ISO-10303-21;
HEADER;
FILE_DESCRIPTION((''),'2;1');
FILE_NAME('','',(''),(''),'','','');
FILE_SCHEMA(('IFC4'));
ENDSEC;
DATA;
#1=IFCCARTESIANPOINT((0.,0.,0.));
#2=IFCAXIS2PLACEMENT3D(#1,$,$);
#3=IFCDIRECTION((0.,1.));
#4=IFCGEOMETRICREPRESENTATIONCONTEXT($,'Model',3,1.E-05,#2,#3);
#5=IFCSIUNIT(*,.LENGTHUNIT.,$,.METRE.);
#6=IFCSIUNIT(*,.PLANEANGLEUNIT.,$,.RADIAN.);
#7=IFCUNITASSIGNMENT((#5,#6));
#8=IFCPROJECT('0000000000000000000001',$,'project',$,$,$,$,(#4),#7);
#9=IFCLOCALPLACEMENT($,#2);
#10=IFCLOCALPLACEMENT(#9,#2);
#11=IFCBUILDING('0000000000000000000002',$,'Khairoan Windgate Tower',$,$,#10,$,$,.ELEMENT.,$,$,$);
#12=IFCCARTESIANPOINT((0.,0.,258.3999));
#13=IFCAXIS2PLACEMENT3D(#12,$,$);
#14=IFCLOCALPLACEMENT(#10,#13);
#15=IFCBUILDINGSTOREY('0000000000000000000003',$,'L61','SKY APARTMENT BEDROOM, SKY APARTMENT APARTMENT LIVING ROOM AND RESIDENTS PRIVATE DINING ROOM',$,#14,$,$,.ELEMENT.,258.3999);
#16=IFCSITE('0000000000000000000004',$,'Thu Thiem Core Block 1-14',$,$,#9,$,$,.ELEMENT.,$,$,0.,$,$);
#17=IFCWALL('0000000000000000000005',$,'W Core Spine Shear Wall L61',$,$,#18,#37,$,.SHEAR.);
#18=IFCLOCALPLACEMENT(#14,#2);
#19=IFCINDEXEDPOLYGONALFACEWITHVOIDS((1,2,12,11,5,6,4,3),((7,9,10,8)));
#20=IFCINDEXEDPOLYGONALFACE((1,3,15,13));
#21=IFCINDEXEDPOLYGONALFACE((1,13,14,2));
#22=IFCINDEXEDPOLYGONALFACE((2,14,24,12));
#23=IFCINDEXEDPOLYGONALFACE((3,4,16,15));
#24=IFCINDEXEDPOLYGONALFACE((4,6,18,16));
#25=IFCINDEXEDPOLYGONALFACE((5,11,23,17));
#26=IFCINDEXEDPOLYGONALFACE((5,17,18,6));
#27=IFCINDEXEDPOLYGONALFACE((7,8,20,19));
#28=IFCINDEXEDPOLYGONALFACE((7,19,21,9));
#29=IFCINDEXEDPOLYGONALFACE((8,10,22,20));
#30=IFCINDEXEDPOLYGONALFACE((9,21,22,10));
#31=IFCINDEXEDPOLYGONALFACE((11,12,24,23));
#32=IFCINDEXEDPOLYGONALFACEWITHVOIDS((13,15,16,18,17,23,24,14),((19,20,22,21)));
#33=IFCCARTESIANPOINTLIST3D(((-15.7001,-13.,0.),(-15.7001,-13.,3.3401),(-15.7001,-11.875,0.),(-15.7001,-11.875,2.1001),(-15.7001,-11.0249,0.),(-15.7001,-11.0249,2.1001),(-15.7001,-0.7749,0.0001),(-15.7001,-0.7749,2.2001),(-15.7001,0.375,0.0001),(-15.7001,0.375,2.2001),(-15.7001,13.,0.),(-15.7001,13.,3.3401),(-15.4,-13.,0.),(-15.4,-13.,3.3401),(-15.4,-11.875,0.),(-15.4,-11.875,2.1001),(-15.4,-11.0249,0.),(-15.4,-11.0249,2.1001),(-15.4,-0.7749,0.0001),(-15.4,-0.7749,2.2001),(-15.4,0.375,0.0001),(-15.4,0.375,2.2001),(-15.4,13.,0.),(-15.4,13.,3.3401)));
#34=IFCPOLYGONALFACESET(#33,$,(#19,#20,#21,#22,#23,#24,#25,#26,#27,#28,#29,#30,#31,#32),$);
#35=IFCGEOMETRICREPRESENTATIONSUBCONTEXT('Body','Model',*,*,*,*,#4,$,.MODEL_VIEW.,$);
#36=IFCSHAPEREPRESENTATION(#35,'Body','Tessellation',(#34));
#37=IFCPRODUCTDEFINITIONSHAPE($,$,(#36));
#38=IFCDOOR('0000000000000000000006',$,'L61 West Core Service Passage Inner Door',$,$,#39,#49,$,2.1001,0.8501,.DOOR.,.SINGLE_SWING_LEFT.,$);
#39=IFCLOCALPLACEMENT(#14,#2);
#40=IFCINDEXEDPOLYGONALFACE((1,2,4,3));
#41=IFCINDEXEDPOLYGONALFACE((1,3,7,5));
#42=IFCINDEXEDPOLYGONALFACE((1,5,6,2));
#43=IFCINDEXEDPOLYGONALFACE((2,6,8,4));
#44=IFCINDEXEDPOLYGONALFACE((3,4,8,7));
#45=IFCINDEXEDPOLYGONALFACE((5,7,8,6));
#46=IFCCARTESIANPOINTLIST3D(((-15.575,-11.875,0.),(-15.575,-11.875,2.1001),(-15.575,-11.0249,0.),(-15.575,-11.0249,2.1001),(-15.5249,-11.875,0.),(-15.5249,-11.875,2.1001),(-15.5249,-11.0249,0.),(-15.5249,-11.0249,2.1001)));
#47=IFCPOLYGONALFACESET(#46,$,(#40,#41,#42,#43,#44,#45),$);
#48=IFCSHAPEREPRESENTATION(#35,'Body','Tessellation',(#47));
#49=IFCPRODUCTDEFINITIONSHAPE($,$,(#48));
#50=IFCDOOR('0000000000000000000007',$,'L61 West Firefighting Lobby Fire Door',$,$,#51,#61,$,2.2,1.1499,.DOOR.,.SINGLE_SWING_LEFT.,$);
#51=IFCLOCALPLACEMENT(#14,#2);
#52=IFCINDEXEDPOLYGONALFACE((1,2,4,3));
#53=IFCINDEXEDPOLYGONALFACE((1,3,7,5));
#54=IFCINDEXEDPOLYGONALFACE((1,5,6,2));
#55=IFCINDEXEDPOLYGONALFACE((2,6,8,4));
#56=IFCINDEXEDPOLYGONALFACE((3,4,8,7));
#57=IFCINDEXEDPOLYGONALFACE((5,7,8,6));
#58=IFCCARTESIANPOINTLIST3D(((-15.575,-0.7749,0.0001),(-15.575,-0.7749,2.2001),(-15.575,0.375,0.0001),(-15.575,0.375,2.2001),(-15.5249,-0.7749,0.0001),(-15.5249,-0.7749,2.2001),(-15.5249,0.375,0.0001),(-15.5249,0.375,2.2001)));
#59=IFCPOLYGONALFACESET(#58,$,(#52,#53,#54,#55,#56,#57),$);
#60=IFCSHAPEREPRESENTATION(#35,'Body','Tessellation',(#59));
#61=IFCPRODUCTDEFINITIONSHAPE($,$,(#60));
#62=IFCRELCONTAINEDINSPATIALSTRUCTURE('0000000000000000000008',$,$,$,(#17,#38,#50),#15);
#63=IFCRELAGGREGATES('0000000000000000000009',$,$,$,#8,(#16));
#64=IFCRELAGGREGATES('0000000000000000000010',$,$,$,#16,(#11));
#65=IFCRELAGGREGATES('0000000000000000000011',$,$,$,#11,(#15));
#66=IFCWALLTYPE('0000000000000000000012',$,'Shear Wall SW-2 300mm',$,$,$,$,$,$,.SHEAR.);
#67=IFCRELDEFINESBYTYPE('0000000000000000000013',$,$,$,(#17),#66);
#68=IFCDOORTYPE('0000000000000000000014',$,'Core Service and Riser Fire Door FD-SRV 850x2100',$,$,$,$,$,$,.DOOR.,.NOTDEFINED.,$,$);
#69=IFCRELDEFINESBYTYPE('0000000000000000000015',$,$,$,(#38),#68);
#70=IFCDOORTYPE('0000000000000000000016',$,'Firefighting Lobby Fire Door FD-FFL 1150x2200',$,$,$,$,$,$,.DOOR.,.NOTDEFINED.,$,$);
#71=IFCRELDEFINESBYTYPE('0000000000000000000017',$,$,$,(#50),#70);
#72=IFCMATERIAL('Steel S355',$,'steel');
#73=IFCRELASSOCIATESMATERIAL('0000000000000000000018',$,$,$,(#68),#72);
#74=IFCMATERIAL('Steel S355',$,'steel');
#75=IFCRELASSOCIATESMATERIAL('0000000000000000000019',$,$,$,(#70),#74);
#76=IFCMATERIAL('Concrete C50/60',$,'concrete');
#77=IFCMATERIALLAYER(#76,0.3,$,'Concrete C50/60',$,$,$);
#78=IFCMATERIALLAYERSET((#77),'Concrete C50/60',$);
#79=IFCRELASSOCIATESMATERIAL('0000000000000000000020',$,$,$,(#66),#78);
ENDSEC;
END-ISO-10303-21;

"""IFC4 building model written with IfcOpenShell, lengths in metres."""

from ifc_helpers import new_model, si_unit, direction, frame, frame_2d, origin, place, context, subcontext, project, spatial, rectangle, extrude, material, layer, layer_set, type_object, element, fill, save


model = new_model("IFC4")

# Units and contexts
model_context = context("Model", 3, precision=1e-05, world=origin(), true_north=direction((0.0, 1.0)))
body_context = subcontext(model_context, "Body", "Model", "MODEL_VIEW")
ifc_project = project(units=[si_unit("LENGTHUNIT", "METRE"), si_unit("PLANEANGLEUNIT", "RADIAN")], contexts=[model_context])

# Site, building, storey
site_placement = place(None, origin())
site = spatial("IfcSite", under=ifc_project, at=site_placement, Name="Thu Thiem Core Block 1-14", CompositionType="ELEMENT", RefElevation=0.0)
building_placement = place(site_placement, origin())
building = spatial("IfcBuilding", under=site, at=building_placement, Name="Khairoan Windgate Tower", CompositionType="ELEMENT")
storey_placement = place(building_placement, frame((0.0, 0.0, 258.3999)))
storey = spatial("IfcBuildingStorey", under=building, at=storey_placement, Name="L61", Description="SKY APARTMENT BEDROOM, SKY APARTMENT APARTMENT LIVING ROOM AND RESIDENTS PRIVATE DINING ROOM", CompositionType="ELEMENT", Elevation=258.3999)

# Wall, openings, doors
ifc_material_1 = material(Name="Steel S355", Category="steel")
door_type_1 = type_object("IfcDoorType", Name="Core Service and Riser Fire Door FD-SRV 850x2100", OperationType="NOTDEFINED", PredefinedType="DOOR", material=ifc_material_1)
ifc_material_2 = material(Name="Steel S355", Category="steel")
door_type_2 = type_object("IfcDoorType", Name="Firefighting Lobby Fire Door FD-FFL 1150x2200", OperationType="NOTDEFINED", PredefinedType="DOOR", material=ifc_material_2)
ifc_material_3 = material(Name="Concrete C50/60", Category="concrete")
ifc_layer_1 = layer(ifc_material_3, 0.3, Name="Concrete C50/60")
ifc_layer_set_1 = layer_set([ifc_layer_1], Name="Concrete C50/60")
wall_type_1 = type_object("IfcWallType", Name="Shear Wall SW-2 300mm", PredefinedType="SHEAR", material=ifc_layer_set_1)
wall_1_placement = place(storey_placement, frame((-15.55, -13.0, 0.0), z_axis=(0.0, 0.0, 1.0), x_axis=(0.0, 1.0, 0.0)))
wall_1 = element("IfcWall", 1, at=wall_1_placement, inside=storey, type_object=wall_type_1, Name="W Core Spine Shear Wall L61", PredefinedType="SHEAR", context=body_context, shape_type="SweptSolid", body=[
    extrude(rectangle(XDim=26.0, YDim=0.3, at=frame_2d((13.0, 0.0))), origin(), (0.0, 0.0, 1.0), 3.3401),
])
opening_1_placement = place(wall_1_placement, frame((12.2251, 0.0, 0.0)))
opening_1 = element("IfcOpeningElement", 2, at=opening_1_placement, cuts=wall_1, PredefinedType="OPENING", context=body_context, shape_type="SweptSolid", body=[
    extrude(rectangle(XDim=1.1499, YDim=2.2, at=frame_2d((0.575, 1.1001))), frame((0.0, 0.1599, 0.0), z_axis=(0.0, -1.0, 0.0), x_axis=(1.0, 0.0, 0.0)), (0.0, 0.0, 1.0), 0.3201),
])
opening_2_placement = place(wall_1_placement, frame((1.125, 0.0, 0.0)))
opening_2 = element("IfcOpeningElement", 3, at=opening_2_placement, cuts=wall_1, PredefinedType="OPENING", context=body_context, shape_type="SweptSolid", body=[
    extrude(rectangle(XDim=0.8501, YDim=2.1001, at=frame_2d((0.425, 1.05))), frame((0.0, 0.1599, 0.0), z_axis=(0.0, -1.0, 0.0), x_axis=(1.0, 0.0, 0.0)), (0.0, 0.0, 1.0), 0.3201),
])
door_1_placement = place(opening_2_placement, origin())
door_1 = element("IfcDoor", 4, at=door_1_placement, inside=storey, type_object=door_type_1, Name="L61 West Core Service Passage Inner Door", OperationType="SINGLE_SWING_LEFT", OverallHeight=2.1001, OverallWidth=0.8501, PredefinedType="DOOR", context=body_context, shape_type="SweptSolid", body=[
    extrude(rectangle(XDim=0.8501, YDim=2.1001, at=frame_2d((0.425, 1.05))), frame((0.0, 0.0249, 0.0), z_axis=(0.0, -1.0, 0.0), x_axis=(1.0, 0.0, 0.0)), (0.0, 0.0, 1.0), 0.05),
])
fill(opening_2, door_1)
door_2_placement = place(opening_1_placement, origin())
door_2 = element("IfcDoor", 5, at=door_2_placement, inside=storey, type_object=door_type_2, Name="L61 West Firefighting Lobby Fire Door", OperationType="SINGLE_SWING_LEFT", OverallHeight=2.2, OverallWidth=1.1499, PredefinedType="DOOR", context=body_context, shape_type="SweptSolid", body=[
    extrude(rectangle(XDim=1.1499, YDim=2.2, at=frame_2d((0.575, 1.1001))), frame((0.0, 0.0249, 0.0), z_axis=(0.0, -1.0, 0.0), x_axis=(1.0, 0.0, 0.0)), (0.0, 0.0, 1.0), 0.05),
])
fill(opening_1, door_2)

save(model, "model.ifc")
